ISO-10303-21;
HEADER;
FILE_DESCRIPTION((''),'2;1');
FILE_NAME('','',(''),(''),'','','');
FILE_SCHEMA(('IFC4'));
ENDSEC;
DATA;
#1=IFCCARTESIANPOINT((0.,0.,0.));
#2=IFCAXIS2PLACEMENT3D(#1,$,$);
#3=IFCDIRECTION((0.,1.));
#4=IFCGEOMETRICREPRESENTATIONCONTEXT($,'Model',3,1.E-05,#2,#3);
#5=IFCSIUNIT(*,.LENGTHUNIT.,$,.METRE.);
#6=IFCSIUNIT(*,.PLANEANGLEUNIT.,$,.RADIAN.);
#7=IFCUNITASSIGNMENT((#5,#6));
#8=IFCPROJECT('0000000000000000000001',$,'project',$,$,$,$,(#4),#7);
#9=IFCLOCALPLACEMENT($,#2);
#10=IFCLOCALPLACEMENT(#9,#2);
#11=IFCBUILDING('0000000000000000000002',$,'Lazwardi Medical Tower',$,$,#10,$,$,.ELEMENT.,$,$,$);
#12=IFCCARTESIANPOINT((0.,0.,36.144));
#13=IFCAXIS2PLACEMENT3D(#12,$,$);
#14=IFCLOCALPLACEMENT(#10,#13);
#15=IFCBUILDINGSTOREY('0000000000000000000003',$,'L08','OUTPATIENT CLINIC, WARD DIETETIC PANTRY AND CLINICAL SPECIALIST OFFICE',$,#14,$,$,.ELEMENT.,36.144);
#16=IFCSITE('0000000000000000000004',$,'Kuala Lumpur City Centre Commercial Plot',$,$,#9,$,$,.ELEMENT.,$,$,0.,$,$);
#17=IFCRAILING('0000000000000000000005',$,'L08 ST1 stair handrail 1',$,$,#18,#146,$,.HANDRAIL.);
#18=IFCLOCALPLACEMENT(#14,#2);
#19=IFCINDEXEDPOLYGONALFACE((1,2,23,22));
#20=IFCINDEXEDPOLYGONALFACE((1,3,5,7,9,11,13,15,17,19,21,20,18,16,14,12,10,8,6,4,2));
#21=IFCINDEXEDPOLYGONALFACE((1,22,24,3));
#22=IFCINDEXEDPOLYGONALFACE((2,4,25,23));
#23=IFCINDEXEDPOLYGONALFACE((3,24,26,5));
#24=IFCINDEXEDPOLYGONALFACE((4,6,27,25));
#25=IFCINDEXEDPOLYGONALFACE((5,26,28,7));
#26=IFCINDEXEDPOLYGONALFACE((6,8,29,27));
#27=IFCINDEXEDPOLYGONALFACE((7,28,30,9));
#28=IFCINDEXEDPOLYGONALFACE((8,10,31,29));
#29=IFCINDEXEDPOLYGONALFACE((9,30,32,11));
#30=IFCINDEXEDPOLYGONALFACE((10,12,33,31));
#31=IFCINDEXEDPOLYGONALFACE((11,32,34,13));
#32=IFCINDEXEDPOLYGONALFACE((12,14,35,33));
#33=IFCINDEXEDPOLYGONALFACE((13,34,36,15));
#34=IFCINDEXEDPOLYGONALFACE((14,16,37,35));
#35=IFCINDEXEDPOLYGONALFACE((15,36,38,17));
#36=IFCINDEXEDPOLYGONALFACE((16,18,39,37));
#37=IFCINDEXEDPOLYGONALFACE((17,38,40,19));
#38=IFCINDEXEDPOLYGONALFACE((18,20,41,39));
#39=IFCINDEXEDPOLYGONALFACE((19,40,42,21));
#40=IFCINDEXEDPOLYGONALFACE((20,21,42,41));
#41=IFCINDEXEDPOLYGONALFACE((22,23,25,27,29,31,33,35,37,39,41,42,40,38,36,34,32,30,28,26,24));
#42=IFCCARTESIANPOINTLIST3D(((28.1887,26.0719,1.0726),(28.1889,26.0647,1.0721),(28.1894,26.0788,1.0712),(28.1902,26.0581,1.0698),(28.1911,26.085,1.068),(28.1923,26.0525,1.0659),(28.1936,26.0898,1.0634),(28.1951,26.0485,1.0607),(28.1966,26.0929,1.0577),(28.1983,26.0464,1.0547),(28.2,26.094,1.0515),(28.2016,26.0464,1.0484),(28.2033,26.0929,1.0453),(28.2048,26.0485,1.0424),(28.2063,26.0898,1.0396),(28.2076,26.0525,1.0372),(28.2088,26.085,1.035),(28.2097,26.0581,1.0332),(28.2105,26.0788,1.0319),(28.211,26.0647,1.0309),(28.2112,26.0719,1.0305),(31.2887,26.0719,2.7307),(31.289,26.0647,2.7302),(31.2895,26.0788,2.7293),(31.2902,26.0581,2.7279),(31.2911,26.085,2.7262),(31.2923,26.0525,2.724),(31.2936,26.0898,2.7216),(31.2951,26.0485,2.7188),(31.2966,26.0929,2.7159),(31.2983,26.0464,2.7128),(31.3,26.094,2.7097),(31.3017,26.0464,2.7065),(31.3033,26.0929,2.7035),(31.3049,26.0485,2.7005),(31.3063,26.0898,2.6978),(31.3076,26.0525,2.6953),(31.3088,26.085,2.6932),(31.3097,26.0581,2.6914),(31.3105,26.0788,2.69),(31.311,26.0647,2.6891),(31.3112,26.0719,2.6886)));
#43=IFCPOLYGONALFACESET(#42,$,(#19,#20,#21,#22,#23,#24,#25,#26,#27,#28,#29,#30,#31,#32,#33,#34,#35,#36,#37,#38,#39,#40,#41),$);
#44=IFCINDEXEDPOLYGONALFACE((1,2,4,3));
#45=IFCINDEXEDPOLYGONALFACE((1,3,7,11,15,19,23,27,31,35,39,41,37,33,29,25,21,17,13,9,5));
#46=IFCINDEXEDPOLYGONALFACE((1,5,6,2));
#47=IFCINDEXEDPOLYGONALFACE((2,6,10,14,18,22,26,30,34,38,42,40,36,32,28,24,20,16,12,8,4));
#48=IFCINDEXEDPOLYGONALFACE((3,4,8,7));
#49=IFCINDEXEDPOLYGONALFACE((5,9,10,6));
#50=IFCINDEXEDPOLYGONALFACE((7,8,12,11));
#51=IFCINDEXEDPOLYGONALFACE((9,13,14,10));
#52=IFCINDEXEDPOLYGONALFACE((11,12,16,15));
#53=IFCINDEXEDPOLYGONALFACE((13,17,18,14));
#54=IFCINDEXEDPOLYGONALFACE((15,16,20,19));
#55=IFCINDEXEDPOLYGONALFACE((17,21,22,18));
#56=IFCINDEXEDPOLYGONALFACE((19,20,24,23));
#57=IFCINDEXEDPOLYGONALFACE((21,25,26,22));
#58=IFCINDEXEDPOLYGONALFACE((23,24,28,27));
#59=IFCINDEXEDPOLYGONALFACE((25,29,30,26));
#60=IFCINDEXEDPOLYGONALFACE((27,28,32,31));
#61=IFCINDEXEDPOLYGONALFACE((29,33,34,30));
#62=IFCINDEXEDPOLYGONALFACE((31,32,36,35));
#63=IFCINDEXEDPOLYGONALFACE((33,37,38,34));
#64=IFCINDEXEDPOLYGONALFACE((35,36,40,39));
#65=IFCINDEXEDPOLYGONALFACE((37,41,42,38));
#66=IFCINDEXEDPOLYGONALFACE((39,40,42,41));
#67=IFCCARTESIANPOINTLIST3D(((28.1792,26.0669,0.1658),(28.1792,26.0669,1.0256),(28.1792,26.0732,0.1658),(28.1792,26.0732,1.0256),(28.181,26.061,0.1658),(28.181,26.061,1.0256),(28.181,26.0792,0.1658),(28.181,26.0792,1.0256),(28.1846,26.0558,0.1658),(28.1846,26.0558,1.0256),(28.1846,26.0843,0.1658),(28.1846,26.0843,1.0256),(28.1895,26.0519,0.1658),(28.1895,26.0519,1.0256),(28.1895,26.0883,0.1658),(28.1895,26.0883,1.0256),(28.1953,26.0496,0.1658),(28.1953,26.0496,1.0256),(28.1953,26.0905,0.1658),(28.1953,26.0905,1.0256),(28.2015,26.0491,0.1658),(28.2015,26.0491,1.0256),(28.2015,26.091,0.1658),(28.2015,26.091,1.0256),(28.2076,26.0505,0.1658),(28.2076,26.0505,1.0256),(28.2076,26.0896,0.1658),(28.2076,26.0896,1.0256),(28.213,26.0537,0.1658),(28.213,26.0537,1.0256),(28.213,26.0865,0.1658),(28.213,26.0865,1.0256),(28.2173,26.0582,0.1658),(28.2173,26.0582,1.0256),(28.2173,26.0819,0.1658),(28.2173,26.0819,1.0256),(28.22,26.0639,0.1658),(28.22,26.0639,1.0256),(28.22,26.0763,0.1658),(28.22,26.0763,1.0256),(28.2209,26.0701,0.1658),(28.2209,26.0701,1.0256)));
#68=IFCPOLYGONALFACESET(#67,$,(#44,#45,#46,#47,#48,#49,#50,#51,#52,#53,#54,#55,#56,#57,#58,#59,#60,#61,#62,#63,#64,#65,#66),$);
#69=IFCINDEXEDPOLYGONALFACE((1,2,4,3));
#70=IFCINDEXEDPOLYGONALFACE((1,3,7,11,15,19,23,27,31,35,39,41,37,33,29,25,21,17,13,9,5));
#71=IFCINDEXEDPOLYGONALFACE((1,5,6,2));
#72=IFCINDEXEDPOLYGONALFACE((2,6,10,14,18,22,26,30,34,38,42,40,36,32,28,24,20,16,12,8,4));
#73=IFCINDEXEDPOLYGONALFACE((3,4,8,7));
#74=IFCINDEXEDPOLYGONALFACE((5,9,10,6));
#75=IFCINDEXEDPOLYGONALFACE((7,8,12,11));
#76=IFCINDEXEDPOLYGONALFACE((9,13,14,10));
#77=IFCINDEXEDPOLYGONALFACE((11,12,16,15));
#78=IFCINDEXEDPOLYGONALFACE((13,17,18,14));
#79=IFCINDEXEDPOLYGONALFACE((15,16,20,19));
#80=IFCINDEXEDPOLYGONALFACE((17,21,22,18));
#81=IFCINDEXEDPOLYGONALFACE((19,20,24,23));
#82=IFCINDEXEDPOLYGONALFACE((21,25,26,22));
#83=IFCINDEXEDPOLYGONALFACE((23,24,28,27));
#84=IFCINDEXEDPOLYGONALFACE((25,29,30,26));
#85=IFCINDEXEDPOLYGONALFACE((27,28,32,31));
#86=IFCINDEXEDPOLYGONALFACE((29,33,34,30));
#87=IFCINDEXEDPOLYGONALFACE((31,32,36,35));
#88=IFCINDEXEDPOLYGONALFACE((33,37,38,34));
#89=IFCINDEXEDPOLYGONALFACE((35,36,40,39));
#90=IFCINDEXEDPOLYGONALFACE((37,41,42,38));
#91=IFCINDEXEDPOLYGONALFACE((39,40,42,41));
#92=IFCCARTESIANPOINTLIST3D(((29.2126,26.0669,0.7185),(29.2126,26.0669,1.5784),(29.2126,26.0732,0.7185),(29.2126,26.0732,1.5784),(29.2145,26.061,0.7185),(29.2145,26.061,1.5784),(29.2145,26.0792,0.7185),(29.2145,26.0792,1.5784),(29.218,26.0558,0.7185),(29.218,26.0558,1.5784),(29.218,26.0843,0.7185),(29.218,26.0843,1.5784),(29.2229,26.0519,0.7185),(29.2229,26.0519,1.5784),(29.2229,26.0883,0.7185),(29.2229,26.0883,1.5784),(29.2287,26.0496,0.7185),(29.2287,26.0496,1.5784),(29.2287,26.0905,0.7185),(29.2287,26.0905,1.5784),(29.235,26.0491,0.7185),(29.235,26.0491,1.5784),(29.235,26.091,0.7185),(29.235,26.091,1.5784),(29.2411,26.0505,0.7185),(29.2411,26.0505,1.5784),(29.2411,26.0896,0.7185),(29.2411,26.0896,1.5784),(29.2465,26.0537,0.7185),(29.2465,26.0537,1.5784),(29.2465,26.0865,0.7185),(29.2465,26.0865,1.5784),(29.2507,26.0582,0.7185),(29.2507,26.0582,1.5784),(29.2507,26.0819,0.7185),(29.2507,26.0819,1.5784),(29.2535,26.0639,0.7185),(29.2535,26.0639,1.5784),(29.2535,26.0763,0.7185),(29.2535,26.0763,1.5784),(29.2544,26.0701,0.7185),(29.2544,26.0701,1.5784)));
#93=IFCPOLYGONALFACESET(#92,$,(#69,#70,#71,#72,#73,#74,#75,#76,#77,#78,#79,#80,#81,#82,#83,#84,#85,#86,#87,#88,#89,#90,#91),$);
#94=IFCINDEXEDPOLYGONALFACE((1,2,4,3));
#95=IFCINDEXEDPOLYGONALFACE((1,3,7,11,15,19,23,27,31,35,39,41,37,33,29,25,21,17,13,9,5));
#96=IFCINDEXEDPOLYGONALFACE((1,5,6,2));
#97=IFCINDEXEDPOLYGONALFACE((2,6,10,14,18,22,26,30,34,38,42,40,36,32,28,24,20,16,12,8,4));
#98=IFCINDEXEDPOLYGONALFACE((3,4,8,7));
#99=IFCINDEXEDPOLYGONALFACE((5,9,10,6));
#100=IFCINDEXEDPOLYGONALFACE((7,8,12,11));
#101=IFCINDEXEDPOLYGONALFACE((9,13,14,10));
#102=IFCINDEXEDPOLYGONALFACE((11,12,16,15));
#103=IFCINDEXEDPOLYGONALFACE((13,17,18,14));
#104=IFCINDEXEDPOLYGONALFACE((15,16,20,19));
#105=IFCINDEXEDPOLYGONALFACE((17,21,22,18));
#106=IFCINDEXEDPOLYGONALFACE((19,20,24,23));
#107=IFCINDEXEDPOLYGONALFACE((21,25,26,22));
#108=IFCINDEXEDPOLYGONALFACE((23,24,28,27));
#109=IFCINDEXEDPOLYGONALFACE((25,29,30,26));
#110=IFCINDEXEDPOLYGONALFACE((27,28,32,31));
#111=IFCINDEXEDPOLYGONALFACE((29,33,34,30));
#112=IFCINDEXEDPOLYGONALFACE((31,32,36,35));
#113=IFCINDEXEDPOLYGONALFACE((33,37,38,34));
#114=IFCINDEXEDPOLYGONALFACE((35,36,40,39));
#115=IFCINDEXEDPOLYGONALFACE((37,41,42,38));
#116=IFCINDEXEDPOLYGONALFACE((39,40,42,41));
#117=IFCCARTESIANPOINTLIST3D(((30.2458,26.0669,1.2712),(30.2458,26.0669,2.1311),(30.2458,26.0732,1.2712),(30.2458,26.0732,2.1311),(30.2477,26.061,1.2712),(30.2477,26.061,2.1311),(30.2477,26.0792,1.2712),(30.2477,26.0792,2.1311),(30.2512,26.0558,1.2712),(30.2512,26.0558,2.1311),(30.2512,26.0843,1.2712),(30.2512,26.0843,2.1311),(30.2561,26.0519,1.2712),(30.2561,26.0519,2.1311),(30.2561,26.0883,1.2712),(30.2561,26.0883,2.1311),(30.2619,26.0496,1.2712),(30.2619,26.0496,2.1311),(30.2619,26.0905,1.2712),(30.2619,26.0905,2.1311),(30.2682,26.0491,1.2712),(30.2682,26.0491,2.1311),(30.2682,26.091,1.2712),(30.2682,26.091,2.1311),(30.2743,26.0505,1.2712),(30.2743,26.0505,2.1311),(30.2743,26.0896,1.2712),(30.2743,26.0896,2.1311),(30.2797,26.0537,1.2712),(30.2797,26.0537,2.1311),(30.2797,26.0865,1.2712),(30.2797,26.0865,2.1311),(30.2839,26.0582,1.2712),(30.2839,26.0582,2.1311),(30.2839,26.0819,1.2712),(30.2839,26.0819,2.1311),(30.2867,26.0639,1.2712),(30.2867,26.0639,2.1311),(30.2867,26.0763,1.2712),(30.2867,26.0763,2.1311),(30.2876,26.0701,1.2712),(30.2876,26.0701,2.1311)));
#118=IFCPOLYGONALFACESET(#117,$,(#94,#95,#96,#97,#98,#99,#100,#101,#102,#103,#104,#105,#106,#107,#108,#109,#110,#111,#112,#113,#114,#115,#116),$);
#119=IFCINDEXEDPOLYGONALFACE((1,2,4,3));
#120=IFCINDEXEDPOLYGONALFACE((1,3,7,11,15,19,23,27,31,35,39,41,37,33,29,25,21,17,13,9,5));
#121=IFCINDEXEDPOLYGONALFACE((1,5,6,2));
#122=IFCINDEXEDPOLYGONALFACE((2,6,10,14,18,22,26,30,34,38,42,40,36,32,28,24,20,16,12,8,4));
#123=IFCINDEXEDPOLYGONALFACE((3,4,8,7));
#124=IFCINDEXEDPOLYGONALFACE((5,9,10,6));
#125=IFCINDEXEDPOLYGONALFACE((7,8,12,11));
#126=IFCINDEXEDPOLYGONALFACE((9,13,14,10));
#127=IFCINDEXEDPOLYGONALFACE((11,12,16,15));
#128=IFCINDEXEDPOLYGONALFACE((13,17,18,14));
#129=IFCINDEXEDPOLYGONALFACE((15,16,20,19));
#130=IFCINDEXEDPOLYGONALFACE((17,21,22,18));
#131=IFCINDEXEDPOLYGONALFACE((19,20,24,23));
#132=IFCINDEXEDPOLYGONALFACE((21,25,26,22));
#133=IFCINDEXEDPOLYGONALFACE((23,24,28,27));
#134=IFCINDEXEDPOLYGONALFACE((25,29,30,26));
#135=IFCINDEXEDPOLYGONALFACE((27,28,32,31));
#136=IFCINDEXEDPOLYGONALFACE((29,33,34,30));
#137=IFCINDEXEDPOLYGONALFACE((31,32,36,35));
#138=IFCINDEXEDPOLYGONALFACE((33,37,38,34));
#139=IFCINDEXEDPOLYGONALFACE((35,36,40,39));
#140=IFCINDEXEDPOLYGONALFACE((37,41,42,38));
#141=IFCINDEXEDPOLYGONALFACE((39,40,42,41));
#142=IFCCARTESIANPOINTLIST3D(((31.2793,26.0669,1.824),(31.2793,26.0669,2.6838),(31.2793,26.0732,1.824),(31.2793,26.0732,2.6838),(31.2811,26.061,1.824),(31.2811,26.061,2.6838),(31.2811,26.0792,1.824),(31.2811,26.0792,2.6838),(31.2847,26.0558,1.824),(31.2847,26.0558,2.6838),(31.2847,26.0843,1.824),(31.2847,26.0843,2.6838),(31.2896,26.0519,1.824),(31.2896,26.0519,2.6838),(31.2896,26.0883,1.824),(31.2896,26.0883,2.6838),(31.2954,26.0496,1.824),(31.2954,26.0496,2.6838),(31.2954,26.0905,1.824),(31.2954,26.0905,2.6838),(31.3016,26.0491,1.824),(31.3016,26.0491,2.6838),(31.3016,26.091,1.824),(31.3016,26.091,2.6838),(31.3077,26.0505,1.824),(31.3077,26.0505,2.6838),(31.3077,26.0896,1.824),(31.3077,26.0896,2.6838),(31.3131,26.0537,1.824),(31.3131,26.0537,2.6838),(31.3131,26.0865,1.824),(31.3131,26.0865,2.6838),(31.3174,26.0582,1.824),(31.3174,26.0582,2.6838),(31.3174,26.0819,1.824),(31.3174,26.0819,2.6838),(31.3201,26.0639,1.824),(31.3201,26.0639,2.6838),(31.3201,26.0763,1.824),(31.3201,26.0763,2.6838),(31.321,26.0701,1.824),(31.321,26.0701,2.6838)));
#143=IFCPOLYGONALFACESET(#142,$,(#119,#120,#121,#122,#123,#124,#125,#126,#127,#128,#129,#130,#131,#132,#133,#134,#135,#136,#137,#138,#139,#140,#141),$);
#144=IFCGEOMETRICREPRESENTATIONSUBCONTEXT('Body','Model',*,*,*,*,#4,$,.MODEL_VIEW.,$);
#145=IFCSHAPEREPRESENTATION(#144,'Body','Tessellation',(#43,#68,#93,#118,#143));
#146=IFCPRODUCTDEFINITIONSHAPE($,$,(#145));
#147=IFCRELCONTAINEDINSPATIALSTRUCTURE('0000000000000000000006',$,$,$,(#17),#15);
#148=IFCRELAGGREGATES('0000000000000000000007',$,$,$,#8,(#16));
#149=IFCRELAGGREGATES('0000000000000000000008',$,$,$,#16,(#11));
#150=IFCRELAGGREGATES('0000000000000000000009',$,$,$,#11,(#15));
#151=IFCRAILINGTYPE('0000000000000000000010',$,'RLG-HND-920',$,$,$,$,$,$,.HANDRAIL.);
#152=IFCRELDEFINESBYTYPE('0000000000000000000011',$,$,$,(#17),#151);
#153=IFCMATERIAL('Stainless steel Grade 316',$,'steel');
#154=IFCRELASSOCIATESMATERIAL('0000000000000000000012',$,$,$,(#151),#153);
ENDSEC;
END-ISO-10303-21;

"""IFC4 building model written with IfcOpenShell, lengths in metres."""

from ifc_helpers import new_model, si_unit, direction, frame, origin, origin_2d, place, context, subcontext, project, spatial, circle, extrude, material, type_object, element, save


model = new_model("IFC4")

# Units and contexts
model_context = context("Model", 3, precision=1e-05, world=origin(), true_north=direction((0.0, 1.0)))
body_context = subcontext(model_context, "Body", "Model", "MODEL_VIEW")
ifc_project = project(units=[si_unit("LENGTHUNIT", "METRE"), si_unit("PLANEANGLEUNIT", "RADIAN")], contexts=[model_context])

# Site, building, storey
site_placement = place(None, origin())
site = spatial("IfcSite", under=ifc_project, at=site_placement, Name="Kuala Lumpur City Centre Commercial Plot", CompositionType="ELEMENT", RefElevation=0.0)
building_placement = place(site_placement, origin())
building = spatial("IfcBuilding", under=site, at=building_placement, Name="Lazwardi Medical Tower", CompositionType="ELEMENT")
storey_placement = place(building_placement, frame((0.0, 0.0, 36.144)))
storey = spatial("IfcBuildingStorey", under=building, at=storey_placement, Name="L08", Description="OUTPATIENT CLINIC, WARD DIETETIC PANTRY AND CLINICAL SPECIALIST OFFICE", CompositionType="ELEMENT", Elevation=36.144)

# Railing
ifc_material_1 = material(Name="Stainless steel Grade 316", Category="steel")
railing_type_1 = type_object("IfcRailingType", Name="RLG-HND-920", PredefinedType="HANDRAIL", material=ifc_material_1)
railing_1_placement = place(storey_placement, frame((28.2, 26.0701, 0.1658)))
element("IfcRailing", 1, at=railing_1_placement, inside=storey, type_object=railing_type_1, Name="L08 ST1 stair handrail 1", PredefinedType="HANDRAIL", context=body_context, shape_type="SweptSolid", body=[
    extrude(circle(Radius=0.0239, at=origin_2d()), frame((0.0, 0.0, 0.8857), z_axis=(0.881783, 0.0, 0.471655), x_axis=(0.0, 1.0, 0.0)), (0.0, 0.0, 1.0), 3.5156),
    extrude(circle(Radius=0.021, at=origin_2d()), origin(), (0.0, 0.0, 1.0), 0.8599),
    extrude(circle(Radius=0.021, at=origin_2d()), frame((1.0334, 0.0, 0.5527)), (0.0, 0.0, 1.0), 0.8599),
    extrude(circle(Radius=0.021, at=origin_2d()), frame((2.0667, 0.0, 1.1055)), (0.0, 0.0, 1.0), 0.8599),
    extrude(circle(Radius=0.021, at=origin_2d()), frame((3.1001, 0.0, 1.6582)), (0.0, 0.0, 1.0), 0.8599),
])

save(model, "model.ifc")
